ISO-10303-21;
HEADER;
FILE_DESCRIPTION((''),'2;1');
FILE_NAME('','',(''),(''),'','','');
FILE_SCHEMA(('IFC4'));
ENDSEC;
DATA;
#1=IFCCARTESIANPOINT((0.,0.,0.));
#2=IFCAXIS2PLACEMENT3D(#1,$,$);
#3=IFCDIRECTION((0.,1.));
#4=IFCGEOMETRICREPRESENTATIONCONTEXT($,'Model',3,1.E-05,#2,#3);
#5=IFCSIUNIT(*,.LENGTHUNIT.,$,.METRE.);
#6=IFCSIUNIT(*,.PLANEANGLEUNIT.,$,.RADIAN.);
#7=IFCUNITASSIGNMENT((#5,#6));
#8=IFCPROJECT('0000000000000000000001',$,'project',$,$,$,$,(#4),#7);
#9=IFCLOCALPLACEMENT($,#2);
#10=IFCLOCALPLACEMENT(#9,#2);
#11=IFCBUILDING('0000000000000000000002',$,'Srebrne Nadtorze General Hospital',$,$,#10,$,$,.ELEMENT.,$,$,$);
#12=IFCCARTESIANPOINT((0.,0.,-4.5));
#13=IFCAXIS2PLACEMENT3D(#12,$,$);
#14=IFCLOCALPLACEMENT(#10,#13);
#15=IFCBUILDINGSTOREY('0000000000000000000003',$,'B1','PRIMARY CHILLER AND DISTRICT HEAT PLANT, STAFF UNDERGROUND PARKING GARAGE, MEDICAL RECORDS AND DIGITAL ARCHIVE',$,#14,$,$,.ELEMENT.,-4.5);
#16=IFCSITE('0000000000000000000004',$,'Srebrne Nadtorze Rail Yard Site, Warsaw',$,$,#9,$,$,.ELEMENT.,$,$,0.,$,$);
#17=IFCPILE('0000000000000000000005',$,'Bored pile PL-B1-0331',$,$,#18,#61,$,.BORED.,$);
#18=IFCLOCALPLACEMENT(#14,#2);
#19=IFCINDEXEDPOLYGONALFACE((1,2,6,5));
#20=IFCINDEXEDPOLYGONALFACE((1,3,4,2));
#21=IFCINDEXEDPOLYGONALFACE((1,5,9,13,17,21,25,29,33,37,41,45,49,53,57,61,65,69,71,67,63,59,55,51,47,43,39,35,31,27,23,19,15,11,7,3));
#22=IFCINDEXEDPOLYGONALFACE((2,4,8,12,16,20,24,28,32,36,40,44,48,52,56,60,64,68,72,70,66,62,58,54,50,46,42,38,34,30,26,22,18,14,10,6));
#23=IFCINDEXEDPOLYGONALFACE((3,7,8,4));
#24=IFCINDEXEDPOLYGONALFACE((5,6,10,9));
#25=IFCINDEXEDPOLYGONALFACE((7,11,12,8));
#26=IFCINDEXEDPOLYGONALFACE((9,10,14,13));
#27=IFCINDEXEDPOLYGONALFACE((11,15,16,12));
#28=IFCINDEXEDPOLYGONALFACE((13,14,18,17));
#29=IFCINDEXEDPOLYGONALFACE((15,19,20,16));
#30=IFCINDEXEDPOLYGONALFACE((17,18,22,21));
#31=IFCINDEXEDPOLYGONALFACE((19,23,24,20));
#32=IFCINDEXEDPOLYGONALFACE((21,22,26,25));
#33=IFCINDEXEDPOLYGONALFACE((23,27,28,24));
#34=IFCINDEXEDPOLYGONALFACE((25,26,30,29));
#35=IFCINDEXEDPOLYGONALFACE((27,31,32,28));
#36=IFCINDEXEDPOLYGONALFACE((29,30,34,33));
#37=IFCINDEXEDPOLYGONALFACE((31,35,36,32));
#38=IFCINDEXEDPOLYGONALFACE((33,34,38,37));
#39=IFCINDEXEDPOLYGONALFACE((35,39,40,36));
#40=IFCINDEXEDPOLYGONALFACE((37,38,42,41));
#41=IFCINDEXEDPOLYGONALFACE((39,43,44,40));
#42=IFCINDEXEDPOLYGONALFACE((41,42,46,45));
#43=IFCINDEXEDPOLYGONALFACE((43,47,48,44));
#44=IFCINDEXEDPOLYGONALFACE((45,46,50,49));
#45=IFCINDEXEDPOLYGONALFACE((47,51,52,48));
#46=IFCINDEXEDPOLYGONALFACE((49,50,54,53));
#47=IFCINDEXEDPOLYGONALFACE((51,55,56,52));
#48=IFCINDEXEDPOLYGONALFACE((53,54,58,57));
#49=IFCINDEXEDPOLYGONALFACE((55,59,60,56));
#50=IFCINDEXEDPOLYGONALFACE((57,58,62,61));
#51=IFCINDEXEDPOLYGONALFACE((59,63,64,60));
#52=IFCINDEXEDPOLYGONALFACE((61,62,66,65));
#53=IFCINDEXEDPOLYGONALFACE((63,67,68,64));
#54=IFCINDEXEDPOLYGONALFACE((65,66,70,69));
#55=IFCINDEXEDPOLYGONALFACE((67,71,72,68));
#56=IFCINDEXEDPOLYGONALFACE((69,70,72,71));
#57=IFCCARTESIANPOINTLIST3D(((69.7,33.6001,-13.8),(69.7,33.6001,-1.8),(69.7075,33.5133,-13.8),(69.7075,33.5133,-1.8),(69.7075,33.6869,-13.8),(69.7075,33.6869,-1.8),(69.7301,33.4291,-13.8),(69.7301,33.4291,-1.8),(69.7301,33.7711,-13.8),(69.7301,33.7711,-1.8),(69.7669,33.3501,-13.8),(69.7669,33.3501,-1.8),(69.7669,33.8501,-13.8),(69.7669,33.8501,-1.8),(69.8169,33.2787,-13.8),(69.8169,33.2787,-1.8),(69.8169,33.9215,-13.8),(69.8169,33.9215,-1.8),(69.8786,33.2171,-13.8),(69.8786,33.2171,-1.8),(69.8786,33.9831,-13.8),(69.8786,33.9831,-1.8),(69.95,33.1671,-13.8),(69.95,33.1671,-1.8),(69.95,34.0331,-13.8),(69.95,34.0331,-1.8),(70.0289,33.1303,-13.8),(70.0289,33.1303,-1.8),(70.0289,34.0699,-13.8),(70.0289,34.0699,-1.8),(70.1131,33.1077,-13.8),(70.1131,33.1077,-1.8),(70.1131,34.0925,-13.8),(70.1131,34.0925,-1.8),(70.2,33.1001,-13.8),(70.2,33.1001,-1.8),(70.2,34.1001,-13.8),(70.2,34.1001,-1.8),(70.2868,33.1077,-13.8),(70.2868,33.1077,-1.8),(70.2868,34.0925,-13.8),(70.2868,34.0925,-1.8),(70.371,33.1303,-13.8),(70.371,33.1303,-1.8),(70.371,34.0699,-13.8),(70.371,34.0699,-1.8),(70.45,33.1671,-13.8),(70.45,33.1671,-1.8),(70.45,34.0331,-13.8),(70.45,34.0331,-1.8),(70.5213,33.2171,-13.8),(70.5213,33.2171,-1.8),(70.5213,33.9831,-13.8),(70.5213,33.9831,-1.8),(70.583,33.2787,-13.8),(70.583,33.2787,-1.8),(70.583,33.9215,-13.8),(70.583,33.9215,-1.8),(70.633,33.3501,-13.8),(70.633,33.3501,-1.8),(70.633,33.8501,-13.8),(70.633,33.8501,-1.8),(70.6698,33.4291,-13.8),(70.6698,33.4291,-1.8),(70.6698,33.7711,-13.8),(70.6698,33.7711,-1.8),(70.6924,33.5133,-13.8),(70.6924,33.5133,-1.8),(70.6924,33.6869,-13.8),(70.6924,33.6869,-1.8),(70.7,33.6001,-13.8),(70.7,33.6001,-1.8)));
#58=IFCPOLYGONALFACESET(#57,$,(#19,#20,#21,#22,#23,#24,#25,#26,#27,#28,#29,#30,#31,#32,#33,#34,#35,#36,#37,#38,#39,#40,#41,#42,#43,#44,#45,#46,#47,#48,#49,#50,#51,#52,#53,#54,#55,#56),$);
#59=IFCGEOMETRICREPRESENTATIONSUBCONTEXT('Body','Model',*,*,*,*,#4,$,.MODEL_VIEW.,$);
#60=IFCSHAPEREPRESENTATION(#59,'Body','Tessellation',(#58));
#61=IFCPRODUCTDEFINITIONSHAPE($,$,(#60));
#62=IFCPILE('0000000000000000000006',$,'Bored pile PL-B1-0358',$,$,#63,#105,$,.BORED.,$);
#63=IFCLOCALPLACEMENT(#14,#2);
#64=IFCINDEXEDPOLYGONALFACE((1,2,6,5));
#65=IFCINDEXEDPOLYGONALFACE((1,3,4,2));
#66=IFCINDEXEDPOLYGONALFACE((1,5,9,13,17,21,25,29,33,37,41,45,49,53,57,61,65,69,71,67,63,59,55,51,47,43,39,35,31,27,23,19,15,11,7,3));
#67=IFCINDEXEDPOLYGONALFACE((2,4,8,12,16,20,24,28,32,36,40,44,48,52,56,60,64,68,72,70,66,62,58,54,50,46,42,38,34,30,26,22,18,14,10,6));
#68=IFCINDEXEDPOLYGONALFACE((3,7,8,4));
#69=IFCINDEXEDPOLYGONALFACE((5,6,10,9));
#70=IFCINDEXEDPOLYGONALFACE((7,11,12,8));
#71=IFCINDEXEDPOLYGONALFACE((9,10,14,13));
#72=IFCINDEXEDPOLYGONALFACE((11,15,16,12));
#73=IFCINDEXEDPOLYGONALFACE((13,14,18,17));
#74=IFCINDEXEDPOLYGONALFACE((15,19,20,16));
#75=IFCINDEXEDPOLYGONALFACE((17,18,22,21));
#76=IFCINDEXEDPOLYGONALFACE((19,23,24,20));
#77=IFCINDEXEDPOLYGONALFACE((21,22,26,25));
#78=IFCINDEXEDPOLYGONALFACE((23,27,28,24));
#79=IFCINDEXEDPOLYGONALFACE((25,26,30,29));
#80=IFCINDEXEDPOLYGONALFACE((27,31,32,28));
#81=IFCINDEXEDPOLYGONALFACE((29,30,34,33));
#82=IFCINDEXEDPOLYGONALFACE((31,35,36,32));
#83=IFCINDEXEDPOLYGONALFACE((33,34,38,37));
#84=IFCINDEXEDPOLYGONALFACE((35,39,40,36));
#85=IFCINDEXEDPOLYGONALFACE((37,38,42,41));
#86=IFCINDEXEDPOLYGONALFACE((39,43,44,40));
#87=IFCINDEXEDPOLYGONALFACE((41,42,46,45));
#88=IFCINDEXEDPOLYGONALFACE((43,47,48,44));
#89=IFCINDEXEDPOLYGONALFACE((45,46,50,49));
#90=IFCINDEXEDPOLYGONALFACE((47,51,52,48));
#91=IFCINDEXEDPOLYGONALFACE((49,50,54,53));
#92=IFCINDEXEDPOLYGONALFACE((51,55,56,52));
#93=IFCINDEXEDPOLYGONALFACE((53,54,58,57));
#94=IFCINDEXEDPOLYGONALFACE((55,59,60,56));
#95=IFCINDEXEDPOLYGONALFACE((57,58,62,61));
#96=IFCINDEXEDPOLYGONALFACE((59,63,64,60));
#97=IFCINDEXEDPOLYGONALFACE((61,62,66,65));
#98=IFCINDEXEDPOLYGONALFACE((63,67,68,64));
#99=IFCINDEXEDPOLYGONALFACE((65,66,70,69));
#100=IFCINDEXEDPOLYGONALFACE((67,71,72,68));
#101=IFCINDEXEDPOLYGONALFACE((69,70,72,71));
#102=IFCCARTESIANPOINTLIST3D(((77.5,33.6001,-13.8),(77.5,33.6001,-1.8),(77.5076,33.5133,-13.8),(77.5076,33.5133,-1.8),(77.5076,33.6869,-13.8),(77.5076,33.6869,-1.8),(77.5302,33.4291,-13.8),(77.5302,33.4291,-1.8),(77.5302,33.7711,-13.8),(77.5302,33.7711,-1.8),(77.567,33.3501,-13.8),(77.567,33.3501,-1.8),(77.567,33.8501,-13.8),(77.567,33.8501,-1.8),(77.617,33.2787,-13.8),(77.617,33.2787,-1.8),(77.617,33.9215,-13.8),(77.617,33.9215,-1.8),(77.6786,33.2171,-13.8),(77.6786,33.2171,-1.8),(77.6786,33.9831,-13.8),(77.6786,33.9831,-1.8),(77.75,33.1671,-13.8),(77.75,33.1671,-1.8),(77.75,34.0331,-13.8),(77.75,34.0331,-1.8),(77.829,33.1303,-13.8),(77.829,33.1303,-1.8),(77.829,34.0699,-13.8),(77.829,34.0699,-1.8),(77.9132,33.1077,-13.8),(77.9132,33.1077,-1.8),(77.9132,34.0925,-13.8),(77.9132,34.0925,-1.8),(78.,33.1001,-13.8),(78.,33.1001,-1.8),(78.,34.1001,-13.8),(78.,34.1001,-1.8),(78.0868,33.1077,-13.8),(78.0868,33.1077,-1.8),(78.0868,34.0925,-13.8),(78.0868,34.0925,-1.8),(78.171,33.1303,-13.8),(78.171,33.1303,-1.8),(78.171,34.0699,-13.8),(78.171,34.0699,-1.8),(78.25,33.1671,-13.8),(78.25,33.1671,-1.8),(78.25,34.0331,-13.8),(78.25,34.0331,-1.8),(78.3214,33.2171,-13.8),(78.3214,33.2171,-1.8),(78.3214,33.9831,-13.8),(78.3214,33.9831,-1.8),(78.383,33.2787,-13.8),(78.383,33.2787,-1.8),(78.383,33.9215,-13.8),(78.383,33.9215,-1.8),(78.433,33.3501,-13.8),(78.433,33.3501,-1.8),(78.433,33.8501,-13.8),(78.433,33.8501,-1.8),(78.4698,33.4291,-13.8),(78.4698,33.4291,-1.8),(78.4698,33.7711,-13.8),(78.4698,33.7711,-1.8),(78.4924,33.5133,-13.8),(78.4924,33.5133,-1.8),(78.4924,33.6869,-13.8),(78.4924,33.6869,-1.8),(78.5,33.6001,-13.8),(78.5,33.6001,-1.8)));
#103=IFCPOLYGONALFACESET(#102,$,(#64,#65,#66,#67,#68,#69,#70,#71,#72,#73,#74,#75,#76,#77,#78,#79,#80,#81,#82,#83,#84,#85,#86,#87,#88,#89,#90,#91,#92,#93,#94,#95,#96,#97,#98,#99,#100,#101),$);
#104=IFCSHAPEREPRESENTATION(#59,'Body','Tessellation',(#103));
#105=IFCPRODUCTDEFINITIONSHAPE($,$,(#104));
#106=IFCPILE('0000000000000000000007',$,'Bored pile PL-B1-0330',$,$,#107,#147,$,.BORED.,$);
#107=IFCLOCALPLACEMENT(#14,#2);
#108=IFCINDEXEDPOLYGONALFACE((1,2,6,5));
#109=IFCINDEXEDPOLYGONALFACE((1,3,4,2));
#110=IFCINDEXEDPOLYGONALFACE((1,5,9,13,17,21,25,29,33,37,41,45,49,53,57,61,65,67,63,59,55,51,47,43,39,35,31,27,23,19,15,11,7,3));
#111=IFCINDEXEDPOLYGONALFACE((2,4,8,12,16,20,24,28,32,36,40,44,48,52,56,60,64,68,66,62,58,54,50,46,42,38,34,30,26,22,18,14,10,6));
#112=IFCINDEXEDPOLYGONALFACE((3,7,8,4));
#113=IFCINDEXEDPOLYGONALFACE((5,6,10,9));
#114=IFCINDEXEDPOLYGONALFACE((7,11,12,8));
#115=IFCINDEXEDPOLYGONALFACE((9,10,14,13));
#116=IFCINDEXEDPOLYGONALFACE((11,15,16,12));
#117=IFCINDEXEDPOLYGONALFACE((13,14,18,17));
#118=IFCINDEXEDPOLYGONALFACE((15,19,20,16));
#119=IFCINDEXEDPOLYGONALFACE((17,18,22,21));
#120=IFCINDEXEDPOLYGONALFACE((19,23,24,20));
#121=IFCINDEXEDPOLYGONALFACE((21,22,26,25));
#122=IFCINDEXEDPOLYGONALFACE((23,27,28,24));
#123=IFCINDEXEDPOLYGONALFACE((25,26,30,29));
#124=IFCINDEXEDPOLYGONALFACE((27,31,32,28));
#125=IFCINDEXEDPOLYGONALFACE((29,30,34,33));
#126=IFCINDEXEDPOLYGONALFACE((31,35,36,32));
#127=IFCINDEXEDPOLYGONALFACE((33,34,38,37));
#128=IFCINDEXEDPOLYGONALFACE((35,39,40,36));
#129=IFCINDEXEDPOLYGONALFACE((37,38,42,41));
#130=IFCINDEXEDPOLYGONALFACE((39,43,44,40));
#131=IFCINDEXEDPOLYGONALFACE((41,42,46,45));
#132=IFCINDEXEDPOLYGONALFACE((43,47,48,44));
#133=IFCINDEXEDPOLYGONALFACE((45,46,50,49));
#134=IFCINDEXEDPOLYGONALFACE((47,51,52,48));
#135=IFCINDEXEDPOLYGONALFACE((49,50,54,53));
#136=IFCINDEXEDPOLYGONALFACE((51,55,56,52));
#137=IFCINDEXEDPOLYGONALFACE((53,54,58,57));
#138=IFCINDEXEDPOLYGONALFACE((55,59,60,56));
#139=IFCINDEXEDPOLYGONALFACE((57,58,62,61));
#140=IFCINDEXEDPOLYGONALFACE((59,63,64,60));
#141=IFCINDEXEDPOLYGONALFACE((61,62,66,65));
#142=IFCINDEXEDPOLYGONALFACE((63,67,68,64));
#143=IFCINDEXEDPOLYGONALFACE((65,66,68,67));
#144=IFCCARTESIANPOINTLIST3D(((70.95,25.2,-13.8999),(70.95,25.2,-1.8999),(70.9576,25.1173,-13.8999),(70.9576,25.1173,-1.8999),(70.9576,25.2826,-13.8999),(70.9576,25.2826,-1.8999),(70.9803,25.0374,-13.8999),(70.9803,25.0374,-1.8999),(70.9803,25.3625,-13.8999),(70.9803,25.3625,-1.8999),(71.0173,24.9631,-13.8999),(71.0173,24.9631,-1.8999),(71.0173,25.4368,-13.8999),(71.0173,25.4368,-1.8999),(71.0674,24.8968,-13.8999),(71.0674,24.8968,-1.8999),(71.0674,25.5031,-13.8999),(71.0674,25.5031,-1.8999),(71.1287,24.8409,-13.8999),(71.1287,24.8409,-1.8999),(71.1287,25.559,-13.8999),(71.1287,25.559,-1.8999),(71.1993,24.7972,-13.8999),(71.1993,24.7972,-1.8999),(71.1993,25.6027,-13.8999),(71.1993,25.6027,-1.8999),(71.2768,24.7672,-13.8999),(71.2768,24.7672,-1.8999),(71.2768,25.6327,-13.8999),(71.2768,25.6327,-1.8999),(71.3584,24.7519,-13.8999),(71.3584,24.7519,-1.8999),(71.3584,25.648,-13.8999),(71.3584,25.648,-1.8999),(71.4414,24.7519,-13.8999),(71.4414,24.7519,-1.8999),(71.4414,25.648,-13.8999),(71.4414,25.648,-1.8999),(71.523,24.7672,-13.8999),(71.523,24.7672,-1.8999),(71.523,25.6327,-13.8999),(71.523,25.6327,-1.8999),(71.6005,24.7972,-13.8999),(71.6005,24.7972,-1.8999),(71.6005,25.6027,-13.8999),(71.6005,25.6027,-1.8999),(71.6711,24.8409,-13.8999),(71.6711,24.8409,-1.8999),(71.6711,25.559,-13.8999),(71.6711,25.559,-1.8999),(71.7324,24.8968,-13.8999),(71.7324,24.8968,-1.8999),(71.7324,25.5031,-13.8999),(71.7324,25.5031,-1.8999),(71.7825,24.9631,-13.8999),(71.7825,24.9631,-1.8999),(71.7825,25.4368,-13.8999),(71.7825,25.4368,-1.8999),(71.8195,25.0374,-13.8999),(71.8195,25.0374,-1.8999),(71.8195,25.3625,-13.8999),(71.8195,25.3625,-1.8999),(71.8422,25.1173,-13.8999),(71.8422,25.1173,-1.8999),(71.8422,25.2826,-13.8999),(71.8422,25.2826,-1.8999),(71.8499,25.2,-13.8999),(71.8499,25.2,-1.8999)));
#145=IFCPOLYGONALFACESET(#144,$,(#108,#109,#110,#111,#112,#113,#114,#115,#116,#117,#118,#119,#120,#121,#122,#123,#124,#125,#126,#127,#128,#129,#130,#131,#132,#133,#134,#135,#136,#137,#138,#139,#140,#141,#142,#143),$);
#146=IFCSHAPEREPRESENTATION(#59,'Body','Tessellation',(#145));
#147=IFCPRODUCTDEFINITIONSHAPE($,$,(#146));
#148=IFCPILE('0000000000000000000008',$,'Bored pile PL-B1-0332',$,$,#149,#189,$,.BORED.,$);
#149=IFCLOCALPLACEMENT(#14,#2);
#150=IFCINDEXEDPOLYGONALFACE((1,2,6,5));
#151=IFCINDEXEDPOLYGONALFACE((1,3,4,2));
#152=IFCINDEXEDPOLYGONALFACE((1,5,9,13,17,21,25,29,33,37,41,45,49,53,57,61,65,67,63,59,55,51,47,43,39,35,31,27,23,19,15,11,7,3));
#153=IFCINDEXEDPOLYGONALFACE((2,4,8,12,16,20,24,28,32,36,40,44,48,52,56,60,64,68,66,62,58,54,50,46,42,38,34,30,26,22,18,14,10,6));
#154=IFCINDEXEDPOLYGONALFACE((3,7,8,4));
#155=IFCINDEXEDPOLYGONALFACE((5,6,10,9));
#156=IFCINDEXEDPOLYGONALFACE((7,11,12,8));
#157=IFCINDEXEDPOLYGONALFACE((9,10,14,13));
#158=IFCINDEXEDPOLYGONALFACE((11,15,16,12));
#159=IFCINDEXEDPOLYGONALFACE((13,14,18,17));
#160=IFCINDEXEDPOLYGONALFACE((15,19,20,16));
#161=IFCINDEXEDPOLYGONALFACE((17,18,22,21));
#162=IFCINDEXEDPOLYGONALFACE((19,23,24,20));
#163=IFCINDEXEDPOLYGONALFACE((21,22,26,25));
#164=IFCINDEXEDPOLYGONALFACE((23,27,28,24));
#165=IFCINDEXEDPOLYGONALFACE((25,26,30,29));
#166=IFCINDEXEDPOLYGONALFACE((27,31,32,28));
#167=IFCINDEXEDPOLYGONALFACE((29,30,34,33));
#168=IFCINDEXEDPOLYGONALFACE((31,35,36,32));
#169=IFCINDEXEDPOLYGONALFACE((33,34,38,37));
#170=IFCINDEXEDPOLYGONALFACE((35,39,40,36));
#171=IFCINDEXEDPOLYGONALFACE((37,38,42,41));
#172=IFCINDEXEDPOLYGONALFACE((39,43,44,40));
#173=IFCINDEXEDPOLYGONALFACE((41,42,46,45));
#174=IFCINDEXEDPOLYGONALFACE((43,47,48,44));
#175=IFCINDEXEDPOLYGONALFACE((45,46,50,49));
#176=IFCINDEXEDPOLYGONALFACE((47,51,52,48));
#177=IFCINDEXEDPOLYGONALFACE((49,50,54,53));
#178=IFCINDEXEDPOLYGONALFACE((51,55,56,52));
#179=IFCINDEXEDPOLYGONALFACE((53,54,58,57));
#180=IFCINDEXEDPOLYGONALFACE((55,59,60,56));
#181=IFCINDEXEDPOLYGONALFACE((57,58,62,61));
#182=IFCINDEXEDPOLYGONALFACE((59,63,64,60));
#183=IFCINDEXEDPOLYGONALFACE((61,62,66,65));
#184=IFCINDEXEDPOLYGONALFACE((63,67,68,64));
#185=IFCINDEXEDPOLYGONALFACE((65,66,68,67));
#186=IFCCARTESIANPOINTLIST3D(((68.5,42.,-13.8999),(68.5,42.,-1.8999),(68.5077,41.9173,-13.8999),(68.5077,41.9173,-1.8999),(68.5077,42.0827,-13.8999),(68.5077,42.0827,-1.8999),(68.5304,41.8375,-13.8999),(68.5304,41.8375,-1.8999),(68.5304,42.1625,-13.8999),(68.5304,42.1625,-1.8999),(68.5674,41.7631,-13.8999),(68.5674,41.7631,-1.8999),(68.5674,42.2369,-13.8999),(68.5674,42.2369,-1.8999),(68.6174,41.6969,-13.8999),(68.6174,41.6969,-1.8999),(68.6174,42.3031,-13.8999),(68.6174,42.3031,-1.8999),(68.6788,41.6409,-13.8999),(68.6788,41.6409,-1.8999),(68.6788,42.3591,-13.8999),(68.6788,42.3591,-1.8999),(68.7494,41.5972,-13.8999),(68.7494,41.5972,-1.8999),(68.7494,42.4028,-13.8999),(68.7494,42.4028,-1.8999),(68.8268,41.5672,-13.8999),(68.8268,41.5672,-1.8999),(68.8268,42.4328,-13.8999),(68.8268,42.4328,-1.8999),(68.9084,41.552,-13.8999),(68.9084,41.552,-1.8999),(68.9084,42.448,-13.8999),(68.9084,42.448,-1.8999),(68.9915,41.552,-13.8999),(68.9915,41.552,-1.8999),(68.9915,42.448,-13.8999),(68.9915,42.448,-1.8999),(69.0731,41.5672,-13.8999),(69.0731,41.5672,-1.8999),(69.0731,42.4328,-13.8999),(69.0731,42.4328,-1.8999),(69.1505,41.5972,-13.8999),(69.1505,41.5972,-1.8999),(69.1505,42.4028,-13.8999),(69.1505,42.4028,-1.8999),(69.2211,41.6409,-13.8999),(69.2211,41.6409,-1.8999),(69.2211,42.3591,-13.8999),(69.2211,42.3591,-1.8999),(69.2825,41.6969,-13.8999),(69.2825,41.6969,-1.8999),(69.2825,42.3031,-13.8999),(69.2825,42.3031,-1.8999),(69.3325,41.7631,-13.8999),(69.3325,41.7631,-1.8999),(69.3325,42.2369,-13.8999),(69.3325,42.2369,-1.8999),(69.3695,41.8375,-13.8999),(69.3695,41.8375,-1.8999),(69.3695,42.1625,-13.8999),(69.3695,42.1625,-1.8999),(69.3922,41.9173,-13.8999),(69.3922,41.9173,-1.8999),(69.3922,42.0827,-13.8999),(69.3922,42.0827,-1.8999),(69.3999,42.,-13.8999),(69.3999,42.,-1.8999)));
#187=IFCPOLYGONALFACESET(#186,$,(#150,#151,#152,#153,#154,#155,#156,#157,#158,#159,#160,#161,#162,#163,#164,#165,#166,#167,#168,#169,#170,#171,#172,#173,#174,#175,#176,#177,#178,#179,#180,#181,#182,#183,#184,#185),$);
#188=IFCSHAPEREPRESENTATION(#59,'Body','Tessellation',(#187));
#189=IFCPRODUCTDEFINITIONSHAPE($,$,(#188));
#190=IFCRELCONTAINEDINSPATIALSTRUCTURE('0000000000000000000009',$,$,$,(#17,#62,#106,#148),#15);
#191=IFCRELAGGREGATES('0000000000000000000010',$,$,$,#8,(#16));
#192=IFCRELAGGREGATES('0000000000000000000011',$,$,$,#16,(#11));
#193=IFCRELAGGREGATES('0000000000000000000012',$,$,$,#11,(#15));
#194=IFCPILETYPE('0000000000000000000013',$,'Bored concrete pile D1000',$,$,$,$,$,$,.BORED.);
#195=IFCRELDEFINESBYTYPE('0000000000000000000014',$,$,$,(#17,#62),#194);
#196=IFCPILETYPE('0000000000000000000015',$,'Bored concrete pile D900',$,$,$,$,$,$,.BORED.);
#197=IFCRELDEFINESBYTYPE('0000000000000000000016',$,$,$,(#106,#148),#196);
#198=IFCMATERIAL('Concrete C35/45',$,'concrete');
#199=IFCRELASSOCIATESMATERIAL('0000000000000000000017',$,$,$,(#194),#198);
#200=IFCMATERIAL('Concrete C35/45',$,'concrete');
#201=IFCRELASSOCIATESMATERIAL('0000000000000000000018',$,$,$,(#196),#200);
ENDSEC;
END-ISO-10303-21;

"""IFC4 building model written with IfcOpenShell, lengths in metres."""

from ifc_helpers import new_model, si_unit, direction, frame, origin, origin_2d, place, context, subcontext, project, spatial, circle, extrude, material, material_profile, profile_set, type_object, element, save


model = new_model("IFC4")

# Units and contexts
model_context = context("Model", 3, precision=1e-05, world=origin(), true_north=direction((0.0, 1.0)))
body_context = subcontext(model_context, "Body", "Model", "MODEL_VIEW")
ifc_project = project(units=[si_unit("LENGTHUNIT", "METRE"), si_unit("PLANEANGLEUNIT", "RADIAN")], contexts=[model_context])

# Site, building, storey
site_placement = place(None, origin())
site = spatial("IfcSite", under=ifc_project, at=site_placement, Name="Srebrne Nadtorze Rail Yard Site, Warsaw", CompositionType="ELEMENT", RefElevation=0.0)
building_placement = place(site_placement, origin())
building = spatial("IfcBuilding", under=site, at=building_placement, Name="Srebrne Nadtorze General Hospital", CompositionType="ELEMENT")
storey_placement = place(building_placement, frame((0.0, 0.0, -4.5)))
storey = spatial("IfcBuildingStorey", under=building, at=storey_placement, Name="B1", Description="PRIMARY CHILLER AND DISTRICT HEAT PLANT, STAFF UNDERGROUND PARKING GARAGE, MEDICAL RECORDS AND DIGITAL ARCHIVE", CompositionType="ELEMENT", Elevation=-4.5)

# Piles
ifc_material_1 = material(Name="Concrete C35/45", Category="concrete")
ifc_material_profile_1 = material_profile(ifc_material_1, circle(Radius=0.5, at=origin_2d()), Name="PILE-D1000")
ifc_profile_set_1 = profile_set([ifc_material_profile_1], Name="Concrete C35/45")
pile_type_1 = type_object("IfcPileType", Name="Bored concrete pile D1000", PredefinedType="BORED", material=ifc_profile_set_1)
for number, where, z_axis, x_axis, name in (
    (1, (70.2, 33.6001, -1.8), (0.0, 0.0, -1.0), (1.0, 0.0, 0.0), "Bored pile PL-B1-0331"),
    (2, (78.0, 33.6001, -1.8), (0.0, 0.0, -1.0), (1.0, 0.0, 0.0), "Bored pile PL-B1-0358"),
):
    element("IfcPile", number, at=place(storey_placement, frame(where, z_axis=z_axis, x_axis=x_axis)), inside=storey, type_object=pile_type_1, Name=name, PredefinedType="BORED", context=body_context, shape_type="SweptSolid", body=[
        extrude(circle(Radius=0.5, at=origin_2d()), origin(), (0.0, 0.0, 1.0), 12.0),
    ])
ifc_material_2 = material(Name="Concrete C35/45", Category="concrete")
ifc_material_profile_2 = material_profile(ifc_material_2, circle(Radius=0.45, at=origin_2d()), Name="PILE-D900")
ifc_profile_set_2 = profile_set([ifc_material_profile_2], Name="Concrete C35/45")
pile_type_2 = type_object("IfcPileType", Name="Bored concrete pile D900", PredefinedType="BORED", material=ifc_profile_set_2)
for number, where, z_axis, x_axis, name in (
    (3, (71.3999, 25.2, -1.8999), (0.0, 0.0, -1.0), (1.0, 0.0, 0.0), "Bored pile PL-B1-0330"),
    (4, (68.95, 42.0, -1.8999), (0.0, 0.0, -1.0), (1.0, 0.0, 0.0), "Bored pile PL-B1-0332"),
):
    element("IfcPile", number, at=place(storey_placement, frame(where, z_axis=z_axis, x_axis=x_axis)), inside=storey, type_object=pile_type_2, Name=name, PredefinedType="BORED", context=body_context, shape_type="SweptSolid", body=[
        extrude(circle(Radius=0.45, at=origin_2d()), origin(), (0.0, 0.0, 1.0), 12.0),
    ])

save(model, "model.ifc")
